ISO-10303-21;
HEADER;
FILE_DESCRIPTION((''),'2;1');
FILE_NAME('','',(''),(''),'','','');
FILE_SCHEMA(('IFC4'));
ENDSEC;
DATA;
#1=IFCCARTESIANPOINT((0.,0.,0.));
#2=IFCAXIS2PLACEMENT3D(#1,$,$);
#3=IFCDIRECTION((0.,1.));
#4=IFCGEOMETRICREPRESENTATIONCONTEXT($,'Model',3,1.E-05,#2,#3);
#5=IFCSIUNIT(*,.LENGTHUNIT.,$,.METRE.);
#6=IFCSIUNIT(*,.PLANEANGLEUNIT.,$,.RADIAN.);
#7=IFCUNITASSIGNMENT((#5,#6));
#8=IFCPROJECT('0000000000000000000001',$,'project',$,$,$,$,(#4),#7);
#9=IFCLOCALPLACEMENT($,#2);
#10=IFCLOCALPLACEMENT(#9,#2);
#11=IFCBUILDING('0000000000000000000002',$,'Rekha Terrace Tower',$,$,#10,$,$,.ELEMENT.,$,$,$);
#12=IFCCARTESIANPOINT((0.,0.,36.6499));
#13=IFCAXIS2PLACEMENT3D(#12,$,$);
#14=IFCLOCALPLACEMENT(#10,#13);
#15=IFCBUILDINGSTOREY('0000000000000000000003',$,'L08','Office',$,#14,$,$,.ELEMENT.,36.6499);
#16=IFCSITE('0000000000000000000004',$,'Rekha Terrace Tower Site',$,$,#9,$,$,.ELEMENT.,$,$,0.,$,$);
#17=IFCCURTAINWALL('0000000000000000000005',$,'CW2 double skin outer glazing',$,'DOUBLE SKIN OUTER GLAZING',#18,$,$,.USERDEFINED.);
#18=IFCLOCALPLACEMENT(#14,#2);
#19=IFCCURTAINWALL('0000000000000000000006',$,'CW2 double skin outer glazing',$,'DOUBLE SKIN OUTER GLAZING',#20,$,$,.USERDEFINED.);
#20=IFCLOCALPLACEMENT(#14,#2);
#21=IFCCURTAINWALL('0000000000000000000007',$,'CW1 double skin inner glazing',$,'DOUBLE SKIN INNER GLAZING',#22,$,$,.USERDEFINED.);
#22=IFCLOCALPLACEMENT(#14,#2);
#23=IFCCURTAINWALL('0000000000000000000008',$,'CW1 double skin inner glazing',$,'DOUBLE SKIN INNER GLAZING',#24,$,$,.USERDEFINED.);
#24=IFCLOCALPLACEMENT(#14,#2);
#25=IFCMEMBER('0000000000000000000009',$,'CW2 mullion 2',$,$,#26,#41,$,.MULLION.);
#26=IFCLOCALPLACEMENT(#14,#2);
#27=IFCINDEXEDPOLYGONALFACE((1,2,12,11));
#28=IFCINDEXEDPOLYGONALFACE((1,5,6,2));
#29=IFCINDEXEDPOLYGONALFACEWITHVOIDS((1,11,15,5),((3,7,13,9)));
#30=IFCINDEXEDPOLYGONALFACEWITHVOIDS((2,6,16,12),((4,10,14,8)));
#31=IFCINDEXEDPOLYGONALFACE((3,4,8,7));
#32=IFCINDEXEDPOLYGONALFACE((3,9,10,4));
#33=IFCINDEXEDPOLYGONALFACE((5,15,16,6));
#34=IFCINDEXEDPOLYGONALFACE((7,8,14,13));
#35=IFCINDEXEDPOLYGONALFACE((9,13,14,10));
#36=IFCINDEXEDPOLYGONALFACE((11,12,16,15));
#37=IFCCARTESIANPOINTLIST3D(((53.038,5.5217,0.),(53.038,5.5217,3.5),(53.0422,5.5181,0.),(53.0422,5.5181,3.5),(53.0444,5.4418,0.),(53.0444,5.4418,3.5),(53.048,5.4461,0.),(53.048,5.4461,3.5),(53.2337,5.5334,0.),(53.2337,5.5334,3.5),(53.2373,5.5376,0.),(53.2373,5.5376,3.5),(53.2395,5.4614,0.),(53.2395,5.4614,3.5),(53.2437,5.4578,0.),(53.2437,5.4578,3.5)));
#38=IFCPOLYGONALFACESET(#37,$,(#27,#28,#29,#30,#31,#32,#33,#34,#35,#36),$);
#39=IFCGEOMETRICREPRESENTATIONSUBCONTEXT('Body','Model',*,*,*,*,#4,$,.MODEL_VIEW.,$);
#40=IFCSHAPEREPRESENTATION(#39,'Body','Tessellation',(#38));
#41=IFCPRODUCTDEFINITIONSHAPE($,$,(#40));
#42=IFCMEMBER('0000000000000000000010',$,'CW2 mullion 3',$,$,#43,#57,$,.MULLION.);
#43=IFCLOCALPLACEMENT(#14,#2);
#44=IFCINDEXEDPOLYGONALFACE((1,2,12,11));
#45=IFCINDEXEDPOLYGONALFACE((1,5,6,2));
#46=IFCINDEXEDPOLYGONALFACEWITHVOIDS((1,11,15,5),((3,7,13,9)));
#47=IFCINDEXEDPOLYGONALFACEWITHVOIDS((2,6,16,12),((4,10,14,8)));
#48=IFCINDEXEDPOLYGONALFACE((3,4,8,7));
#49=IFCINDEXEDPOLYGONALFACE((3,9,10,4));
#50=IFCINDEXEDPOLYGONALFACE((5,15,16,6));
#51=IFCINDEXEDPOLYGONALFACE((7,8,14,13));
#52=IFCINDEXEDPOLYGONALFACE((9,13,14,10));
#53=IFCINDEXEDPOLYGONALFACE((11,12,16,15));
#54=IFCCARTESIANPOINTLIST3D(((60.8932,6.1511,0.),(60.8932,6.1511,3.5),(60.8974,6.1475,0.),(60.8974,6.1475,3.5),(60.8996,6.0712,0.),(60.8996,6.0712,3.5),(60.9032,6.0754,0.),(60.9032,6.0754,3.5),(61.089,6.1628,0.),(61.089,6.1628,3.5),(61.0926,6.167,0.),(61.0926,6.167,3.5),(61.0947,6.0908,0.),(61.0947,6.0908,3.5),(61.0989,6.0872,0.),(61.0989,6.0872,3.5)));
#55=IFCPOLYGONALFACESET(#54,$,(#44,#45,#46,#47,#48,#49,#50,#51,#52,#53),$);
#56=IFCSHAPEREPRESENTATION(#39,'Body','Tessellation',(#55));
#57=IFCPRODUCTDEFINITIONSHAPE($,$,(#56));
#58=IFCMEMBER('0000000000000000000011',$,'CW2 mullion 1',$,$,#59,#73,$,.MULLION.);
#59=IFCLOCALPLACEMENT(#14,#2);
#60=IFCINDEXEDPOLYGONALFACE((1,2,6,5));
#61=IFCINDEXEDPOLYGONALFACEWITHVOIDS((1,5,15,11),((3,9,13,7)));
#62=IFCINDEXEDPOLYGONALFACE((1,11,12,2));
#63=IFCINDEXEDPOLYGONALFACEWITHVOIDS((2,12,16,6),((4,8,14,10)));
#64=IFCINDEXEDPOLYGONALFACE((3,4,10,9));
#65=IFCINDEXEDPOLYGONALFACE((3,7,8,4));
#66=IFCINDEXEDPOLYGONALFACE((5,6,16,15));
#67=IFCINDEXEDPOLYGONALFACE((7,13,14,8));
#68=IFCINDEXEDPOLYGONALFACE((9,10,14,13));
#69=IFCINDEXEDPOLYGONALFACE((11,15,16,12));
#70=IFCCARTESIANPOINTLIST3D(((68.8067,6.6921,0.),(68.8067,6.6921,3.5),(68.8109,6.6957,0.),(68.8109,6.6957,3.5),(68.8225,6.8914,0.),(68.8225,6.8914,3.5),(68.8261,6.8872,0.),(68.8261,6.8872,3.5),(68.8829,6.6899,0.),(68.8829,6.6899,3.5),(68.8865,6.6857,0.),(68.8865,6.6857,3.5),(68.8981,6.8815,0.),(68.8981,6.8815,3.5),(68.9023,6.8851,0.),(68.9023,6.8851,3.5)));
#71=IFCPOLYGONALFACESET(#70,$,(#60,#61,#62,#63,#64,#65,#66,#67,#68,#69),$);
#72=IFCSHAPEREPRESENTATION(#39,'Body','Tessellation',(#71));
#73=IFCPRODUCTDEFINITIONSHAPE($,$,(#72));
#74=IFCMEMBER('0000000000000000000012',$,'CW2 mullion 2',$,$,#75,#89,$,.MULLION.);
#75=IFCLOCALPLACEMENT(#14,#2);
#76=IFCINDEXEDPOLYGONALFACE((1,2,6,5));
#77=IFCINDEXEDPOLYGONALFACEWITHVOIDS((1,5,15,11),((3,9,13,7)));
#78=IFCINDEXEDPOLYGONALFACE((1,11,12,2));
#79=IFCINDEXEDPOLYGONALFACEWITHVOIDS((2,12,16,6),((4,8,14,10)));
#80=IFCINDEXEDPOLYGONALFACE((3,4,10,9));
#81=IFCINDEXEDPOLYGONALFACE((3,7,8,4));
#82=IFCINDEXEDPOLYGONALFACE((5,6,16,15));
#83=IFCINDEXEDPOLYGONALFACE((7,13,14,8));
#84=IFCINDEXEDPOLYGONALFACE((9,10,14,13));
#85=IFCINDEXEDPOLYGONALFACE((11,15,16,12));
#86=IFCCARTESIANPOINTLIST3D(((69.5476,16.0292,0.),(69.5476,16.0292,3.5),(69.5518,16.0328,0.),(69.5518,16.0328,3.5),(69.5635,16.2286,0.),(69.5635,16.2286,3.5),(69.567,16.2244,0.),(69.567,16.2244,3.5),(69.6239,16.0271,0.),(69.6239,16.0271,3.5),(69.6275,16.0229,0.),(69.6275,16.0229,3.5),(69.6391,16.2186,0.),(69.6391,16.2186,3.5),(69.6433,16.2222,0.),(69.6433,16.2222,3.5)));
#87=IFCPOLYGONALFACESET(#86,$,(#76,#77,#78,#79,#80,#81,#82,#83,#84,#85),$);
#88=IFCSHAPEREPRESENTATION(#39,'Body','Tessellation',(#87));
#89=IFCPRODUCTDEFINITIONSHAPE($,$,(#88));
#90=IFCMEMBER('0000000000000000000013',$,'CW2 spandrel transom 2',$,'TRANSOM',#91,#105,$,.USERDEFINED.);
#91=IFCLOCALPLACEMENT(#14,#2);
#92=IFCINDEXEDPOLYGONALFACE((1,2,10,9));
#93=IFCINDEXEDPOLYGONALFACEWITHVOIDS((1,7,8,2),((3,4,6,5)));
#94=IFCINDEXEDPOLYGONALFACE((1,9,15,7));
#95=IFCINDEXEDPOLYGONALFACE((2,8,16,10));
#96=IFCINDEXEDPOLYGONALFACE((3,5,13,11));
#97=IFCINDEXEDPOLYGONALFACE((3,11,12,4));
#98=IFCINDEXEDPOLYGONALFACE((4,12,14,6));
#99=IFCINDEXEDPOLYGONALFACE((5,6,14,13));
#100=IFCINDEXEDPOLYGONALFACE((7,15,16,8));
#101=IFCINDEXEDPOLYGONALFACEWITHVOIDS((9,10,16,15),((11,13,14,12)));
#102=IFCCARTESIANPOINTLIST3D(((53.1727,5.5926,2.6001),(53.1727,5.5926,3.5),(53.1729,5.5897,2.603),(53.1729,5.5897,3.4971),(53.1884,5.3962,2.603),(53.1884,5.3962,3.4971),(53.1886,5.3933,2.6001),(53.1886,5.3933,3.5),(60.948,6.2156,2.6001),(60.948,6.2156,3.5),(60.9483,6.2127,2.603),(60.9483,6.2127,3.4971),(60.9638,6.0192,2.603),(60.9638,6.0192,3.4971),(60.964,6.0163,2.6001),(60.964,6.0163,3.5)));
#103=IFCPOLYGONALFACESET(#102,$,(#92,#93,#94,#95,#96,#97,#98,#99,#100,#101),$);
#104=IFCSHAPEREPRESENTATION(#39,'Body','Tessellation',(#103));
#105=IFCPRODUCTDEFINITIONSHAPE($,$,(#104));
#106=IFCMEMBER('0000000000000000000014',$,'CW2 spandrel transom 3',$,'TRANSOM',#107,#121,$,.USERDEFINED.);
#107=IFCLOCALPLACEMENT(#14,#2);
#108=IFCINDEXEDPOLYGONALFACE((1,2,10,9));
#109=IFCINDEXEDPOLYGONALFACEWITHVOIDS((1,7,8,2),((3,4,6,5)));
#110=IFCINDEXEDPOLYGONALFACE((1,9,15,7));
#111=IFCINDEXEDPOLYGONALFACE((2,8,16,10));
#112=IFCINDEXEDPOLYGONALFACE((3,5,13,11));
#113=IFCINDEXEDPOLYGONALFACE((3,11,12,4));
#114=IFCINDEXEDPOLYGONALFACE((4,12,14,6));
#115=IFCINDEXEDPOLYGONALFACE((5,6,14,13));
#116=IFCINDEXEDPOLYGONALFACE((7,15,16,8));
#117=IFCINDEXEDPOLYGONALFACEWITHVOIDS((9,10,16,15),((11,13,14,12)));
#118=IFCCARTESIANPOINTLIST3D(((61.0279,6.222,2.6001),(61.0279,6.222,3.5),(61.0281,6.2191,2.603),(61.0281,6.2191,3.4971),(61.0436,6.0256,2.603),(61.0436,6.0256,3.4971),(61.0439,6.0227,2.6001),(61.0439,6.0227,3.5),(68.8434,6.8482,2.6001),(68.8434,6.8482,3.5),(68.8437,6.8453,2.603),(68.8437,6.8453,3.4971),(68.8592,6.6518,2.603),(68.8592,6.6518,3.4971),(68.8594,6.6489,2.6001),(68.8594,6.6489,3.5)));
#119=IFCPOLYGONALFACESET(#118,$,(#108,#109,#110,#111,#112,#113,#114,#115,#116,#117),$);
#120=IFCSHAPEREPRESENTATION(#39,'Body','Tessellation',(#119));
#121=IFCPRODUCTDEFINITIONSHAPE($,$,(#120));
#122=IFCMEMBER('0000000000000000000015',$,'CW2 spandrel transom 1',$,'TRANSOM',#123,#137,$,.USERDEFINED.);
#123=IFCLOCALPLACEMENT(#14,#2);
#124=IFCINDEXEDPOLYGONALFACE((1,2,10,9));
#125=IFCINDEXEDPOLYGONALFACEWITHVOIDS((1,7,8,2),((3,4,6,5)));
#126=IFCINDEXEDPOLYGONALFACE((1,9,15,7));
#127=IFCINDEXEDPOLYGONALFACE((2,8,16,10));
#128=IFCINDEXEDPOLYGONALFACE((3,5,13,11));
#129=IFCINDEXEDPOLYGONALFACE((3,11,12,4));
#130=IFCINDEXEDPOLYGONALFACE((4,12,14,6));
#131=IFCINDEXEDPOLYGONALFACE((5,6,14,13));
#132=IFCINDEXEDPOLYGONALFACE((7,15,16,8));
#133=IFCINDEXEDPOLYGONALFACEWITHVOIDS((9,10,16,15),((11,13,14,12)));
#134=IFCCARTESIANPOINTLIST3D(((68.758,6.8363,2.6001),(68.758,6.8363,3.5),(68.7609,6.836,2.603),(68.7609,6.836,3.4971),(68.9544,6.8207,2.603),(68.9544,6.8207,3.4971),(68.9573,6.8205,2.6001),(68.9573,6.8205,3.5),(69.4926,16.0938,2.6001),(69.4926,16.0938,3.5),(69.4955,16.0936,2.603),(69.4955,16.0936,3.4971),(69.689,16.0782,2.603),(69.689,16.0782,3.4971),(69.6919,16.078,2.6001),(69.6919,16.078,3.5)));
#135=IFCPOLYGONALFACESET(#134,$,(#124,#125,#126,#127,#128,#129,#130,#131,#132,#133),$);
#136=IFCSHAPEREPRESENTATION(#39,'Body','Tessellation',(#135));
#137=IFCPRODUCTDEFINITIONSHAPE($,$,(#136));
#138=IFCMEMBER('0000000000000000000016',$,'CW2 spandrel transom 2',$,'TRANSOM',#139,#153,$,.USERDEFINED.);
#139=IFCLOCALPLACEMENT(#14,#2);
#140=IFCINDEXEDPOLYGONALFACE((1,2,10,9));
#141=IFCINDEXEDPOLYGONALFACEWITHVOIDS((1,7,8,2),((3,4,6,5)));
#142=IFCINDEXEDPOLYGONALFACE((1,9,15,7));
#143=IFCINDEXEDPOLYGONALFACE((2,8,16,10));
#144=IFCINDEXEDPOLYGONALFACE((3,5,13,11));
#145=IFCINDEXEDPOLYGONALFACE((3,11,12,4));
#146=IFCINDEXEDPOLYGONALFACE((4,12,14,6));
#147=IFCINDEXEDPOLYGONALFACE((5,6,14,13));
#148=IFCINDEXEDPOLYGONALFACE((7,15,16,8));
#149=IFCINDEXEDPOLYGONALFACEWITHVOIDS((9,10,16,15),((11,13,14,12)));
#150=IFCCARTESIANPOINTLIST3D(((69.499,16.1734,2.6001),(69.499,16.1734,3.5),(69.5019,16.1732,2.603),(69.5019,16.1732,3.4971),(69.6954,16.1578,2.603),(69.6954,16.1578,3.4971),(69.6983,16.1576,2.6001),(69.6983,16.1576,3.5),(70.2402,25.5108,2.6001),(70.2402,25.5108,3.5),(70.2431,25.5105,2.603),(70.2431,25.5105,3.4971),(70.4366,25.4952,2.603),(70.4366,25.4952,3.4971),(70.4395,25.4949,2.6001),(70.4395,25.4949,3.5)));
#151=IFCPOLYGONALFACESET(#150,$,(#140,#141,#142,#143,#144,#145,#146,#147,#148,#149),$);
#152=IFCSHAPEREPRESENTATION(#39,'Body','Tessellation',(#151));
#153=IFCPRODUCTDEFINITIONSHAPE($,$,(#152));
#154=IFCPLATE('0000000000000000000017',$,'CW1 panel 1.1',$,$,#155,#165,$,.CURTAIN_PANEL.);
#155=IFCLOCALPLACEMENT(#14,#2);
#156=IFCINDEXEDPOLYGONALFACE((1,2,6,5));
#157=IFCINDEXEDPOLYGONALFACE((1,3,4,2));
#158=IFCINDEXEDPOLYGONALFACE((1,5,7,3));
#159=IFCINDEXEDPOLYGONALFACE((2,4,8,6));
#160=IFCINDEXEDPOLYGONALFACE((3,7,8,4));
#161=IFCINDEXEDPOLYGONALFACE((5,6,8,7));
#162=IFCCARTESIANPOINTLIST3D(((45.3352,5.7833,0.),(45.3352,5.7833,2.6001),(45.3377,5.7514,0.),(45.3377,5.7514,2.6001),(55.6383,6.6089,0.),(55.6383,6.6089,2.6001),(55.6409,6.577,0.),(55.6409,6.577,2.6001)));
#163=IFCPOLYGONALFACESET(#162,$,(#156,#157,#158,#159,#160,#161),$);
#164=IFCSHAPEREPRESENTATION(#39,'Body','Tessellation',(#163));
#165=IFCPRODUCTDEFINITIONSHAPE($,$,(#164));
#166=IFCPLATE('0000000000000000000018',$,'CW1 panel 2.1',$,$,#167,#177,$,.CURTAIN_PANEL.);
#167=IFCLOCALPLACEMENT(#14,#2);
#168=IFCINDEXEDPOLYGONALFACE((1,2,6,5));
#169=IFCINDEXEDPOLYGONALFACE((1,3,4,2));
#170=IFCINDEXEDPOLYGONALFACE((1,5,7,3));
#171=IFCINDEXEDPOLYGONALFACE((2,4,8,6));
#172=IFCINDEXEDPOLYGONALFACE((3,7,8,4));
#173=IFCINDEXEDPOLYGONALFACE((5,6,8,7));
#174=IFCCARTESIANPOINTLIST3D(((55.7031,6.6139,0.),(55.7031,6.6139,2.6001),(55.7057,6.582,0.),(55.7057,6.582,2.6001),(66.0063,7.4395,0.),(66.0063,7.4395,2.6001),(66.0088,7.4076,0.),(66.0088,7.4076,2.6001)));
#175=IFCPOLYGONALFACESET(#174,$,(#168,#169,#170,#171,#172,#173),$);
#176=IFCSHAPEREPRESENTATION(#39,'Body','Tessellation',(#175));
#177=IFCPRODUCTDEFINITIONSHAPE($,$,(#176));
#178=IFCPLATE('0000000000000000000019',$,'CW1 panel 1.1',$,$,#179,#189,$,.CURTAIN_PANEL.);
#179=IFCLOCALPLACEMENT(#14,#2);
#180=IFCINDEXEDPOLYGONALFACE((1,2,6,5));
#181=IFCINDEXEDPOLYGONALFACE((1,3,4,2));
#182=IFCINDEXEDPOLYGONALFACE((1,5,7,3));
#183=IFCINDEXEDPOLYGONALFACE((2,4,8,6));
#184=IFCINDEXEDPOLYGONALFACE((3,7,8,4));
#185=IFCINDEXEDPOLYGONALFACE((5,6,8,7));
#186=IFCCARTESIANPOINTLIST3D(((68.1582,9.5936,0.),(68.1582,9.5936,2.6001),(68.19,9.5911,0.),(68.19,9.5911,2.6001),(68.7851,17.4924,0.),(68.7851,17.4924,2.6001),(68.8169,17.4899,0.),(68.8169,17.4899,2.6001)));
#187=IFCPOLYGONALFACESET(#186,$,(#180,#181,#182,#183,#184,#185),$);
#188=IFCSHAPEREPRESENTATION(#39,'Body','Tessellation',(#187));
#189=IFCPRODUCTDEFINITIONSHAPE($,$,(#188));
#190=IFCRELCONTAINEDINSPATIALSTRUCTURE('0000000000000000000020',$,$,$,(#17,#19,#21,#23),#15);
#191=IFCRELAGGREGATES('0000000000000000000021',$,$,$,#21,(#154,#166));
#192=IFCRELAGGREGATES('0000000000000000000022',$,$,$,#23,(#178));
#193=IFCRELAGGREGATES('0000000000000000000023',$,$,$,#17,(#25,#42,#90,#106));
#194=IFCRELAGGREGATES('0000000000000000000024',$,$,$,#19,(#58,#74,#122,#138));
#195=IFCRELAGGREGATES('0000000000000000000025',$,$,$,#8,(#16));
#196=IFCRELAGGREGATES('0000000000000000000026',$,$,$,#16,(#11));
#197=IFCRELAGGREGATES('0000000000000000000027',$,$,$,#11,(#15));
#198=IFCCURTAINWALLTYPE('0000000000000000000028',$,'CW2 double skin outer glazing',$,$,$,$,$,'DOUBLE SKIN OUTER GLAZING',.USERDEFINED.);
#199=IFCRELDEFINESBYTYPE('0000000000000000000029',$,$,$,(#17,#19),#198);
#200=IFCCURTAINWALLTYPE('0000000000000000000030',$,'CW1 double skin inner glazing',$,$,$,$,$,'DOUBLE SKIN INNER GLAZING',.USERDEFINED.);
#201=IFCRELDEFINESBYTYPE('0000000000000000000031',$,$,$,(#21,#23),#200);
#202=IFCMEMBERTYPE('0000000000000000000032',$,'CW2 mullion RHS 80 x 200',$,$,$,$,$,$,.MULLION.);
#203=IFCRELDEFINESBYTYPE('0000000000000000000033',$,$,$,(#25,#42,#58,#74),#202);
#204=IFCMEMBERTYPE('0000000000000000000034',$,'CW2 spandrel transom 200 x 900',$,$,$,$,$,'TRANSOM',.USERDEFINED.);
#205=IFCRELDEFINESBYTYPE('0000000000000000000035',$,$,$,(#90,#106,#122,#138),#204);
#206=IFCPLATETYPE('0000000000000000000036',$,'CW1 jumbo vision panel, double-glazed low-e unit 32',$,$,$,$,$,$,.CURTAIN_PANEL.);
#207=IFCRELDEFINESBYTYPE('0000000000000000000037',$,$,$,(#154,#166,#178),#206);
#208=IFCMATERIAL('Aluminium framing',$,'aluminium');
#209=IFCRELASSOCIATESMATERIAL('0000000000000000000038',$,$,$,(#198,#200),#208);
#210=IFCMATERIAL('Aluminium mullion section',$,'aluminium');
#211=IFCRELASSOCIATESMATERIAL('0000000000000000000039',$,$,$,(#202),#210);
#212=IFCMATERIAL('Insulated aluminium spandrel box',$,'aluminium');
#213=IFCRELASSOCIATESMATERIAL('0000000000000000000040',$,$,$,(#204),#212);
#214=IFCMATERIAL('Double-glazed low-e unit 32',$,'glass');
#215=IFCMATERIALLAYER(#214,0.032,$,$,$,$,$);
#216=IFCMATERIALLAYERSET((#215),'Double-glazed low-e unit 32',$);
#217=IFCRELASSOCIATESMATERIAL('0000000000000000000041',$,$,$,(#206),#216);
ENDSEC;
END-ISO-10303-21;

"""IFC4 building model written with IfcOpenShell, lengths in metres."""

from ifc_helpers import new_model, si_unit, direction, frame, origin, origin_2d, place, context, subcontext, project, spatial, rectangle, hollow_rectangle, extrude, material, layer, layer_set, material_profile, profile_set, type_object, element, aggregate, save


model = new_model("IFC4")

# Units and contexts
model_context = context("Model", 3, precision=1e-05, world=origin(), true_north=direction((0.0, 1.0)))
body_context = subcontext(model_context, "Body", "Model", "MODEL_VIEW")
ifc_project = project(units=[si_unit("LENGTHUNIT", "METRE"), si_unit("PLANEANGLEUNIT", "RADIAN")], contexts=[model_context])

# Site, building, storey
site_placement = place(None, origin())
site = spatial("IfcSite", under=ifc_project, at=site_placement, Name="Rekha Terrace Tower Site", CompositionType="ELEMENT", RefElevation=0.0)
building_placement = place(site_placement, origin())
building = spatial("IfcBuilding", under=site, at=building_placement, Name="Rekha Terrace Tower", CompositionType="ELEMENT")
storey_placement = place(building_placement, frame((0.0, 0.0, 36.6499)))
storey = spatial("IfcBuildingStorey", under=building, at=storey_placement, Name="L08", Description="Office", CompositionType="ELEMENT", Elevation=36.6499)

# Curtain wall
ifc_material_1 = material(Name="Aluminium framing", Category="aluminium")
curtain_wall_type_1 = type_object("IfcCurtainWallType", Name="CW2 double skin outer glazing", ElementType="DOUBLE SKIN OUTER GLAZING", PredefinedType="USERDEFINED", material=ifc_material_1)
curtain_wall_1_placement = place(storey_placement, origin())
curtain_wall_1 = element("IfcCurtainWall", 1, at=curtain_wall_1_placement, inside=storey, type_object=curtain_wall_type_1, Name="CW2 double skin outer glazing", ObjectType="DOUBLE SKIN OUTER GLAZING", PredefinedType="USERDEFINED")

# Curtain wall
curtain_wall_2_placement = place(storey_placement, origin())
curtain_wall_2 = element("IfcCurtainWall", 2, at=curtain_wall_2_placement, inside=storey, type_object=curtain_wall_type_1, Name="CW2 double skin outer glazing", ObjectType="DOUBLE SKIN OUTER GLAZING", PredefinedType="USERDEFINED")

# Curtain wall
curtain_wall_type_2 = type_object("IfcCurtainWallType", Name="CW1 double skin inner glazing", ElementType="DOUBLE SKIN INNER GLAZING", PredefinedType="USERDEFINED", material=ifc_material_1)
curtain_wall_3_placement = place(storey_placement, origin())
curtain_wall_3 = element("IfcCurtainWall", 3, at=curtain_wall_3_placement, inside=storey, type_object=curtain_wall_type_2, Name="CW1 double skin inner glazing", ObjectType="DOUBLE SKIN INNER GLAZING", PredefinedType="USERDEFINED")
ifc_material_2 = material(Name="Aluminium mullion section", Category="aluminium")

# Curtain wall
curtain_wall_4_placement = place(storey_placement, origin())
curtain_wall_4 = element("IfcCurtainWall", 4, at=curtain_wall_4_placement, inside=storey, type_object=curtain_wall_type_2, Name="CW1 double skin inner glazing", ObjectType="DOUBLE SKIN INNER GLAZING", PredefinedType="USERDEFINED")

# Members
ifc_material_3 = material(Name="Insulated aluminium spandrel box", Category="aluminium")
ifc_material_profile_1 = material_profile(ifc_material_2, hollow_rectangle(XDim=0.0801, YDim=0.2, WallThickness=0.0039, at=origin_2d()), Name="AL RHS 80x200")
ifc_profile_set_1 = profile_set([ifc_material_profile_1], Name="Aluminium mullion section")
member_type_1 = type_object("IfcMemberType", Name="CW2 mullion RHS 80 x 200", PredefinedType="MULLION", material=ifc_profile_set_1)
member_1_placement = place(storey_placement, frame((53.1409, 5.4897, 0.0), z_axis=(0.0, 0.0, 1.0), x_axis=(-0.079872, 0.996805, 0.0)))
member_1 = element("IfcMember", 5, at=member_1_placement, type_object=member_type_1, Name="CW2 mullion 2", PredefinedType="MULLION", context=body_context, shape_type="SweptSolid", body=[
    extrude(hollow_rectangle(XDim=0.0801, YDim=0.2, WallThickness=0.0039, at=origin_2d()), origin(), (0.0, 0.0, 1.0), 3.5),
])
member_2_placement = place(storey_placement, frame((60.9961, 6.1191, 0.0), z_axis=(0.0, 0.0, 1.0), x_axis=(-0.079872, 0.996805, 0.0)))
member_2 = element("IfcMember", 6, at=member_2_placement, type_object=member_type_1, Name="CW2 mullion 3", PredefinedType="MULLION", context=body_context, shape_type="SweptSolid", body=[
    extrude(hollow_rectangle(XDim=0.0801, YDim=0.2, WallThickness=0.0039, at=origin_2d()), origin(), (0.0, 0.0, 1.0), 3.5),
])
member_3_placement = place(storey_placement, frame((68.8545, 6.7886, 0.0), z_axis=(0.0, 0.0, 1.0), x_axis=(-0.996865, 0.079116, 0.0)))
member_3 = element("IfcMember", 7, at=member_3_placement, type_object=member_type_1, Name="CW2 mullion 1", PredefinedType="MULLION", context=body_context, shape_type="SweptSolid", body=[
    extrude(hollow_rectangle(XDim=0.0801, YDim=0.2, WallThickness=0.0039, at=origin_2d()), origin(), (0.0, 0.0, 1.0), 3.5),
])
member_4_placement = place(storey_placement, frame((69.5955, 16.1257, 0.0), z_axis=(0.0, 0.0, 1.0), x_axis=(-0.996865, 0.079116, 0.0)))
member_4 = element("IfcMember", 8, at=member_4_placement, type_object=member_type_1, Name="CW2 mullion 2", PredefinedType="MULLION", context=body_context, shape_type="SweptSolid", body=[
    extrude(hollow_rectangle(XDim=0.0801, YDim=0.2, WallThickness=0.0039, at=origin_2d()), origin(), (0.0, 0.0, 1.0), 3.5),
])
ifc_material_profile_2 = material_profile(ifc_material_3, hollow_rectangle(XDim=0.2, YDim=0.8999, WallThickness=0.0029, at=origin_2d()), Name="AL SPANDREL BOX 200x900")
ifc_profile_set_2 = profile_set([ifc_material_profile_2], Name="Insulated aluminium spandrel box")
member_type_2 = type_object("IfcMemberType", Name="CW2 spandrel transom 200 x 900", ElementType="TRANSOM", PredefinedType="USERDEFINED", material=ifc_profile_set_2)
member_5_placement = place(storey_placement, frame((53.1807, 5.4929, 3.05), z_axis=(0.996805, 0.079875, 0.0), x_axis=(-0.079875, 0.996805, 0.0)))
member_5 = element("IfcMember", 9, at=member_5_placement, type_object=member_type_2, Name="CW2 spandrel transom 2", ObjectType="TRANSOM", PredefinedType="USERDEFINED", context=body_context, shape_type="SweptSolid", body=[
    extrude(hollow_rectangle(XDim=0.2, YDim=0.8999, WallThickness=0.0029, at=origin_2d()), origin(), (0.0, 0.0, 1.0), 7.8003),
])
member_6_placement = place(storey_placement, frame((61.0359, 6.1223, 3.05), z_axis=(0.996805, 0.07987, 0.0), x_axis=(-0.07987, 0.996805, 0.0)))
member_6 = element("IfcMember", 10, at=member_6_placement, type_object=member_type_2, Name="CW2 spandrel transom 3", ObjectType="TRANSOM", PredefinedType="USERDEFINED", context=body_context, shape_type="SweptSolid", body=[
    extrude(hollow_rectangle(XDim=0.2, YDim=0.8999, WallThickness=0.0029, at=origin_2d()), origin(), (0.0, 0.0, 1.0), 7.8406),
])
member_7_placement = place(storey_placement, frame((68.8577, 6.8284, 3.05), z_axis=(0.079105, 0.996866, 0.0), x_axis=(-0.996866, 0.079105, 0.0)))
member_7 = element("IfcMember", 11, at=member_7_placement, type_object=member_type_2, Name="CW2 spandrel transom 1", ObjectType="TRANSOM", PredefinedType="USERDEFINED", context=body_context, shape_type="SweptSolid", body=[
    extrude(hollow_rectangle(XDim=0.2, YDim=0.8999, WallThickness=0.0029, at=origin_2d()), origin(), (0.0, 0.0, 1.0), 9.2866),
])
member_8_placement = place(storey_placement, frame((69.5986, 16.1655, 3.05), z_axis=(0.079132, 0.996864, 0.0), x_axis=(-0.996864, 0.079132, 0.0)))
member_8 = element("IfcMember", 12, at=member_8_placement, type_object=member_type_2, Name="CW2 spandrel transom 2", ObjectType="TRANSOM", PredefinedType="USERDEFINED", context=body_context, shape_type="SweptSolid", body=[
    extrude(hollow_rectangle(XDim=0.2, YDim=0.8999, WallThickness=0.0029, at=origin_2d()), origin(), (0.0, 0.0, 1.0), 9.3667),
])

# Plates
ifc_material_4 = material(Name="Double-glazed low-e unit 32", Category="glass")
ifc_layer_1 = layer(ifc_material_4, 0.032)
ifc_layer_set_1 = layer_set([ifc_layer_1], Name="Double-glazed low-e unit 32")
plate_type_1 = type_object("IfcPlateType", Name="CW1 jumbo vision panel, double-glazed low-e unit 32", PredefinedType="CURTAIN_PANEL", material=ifc_layer_set_1)
plate_1_placement = place(storey_placement, frame((50.488, 6.1802, 0.0), z_axis=(0.0, 0.0, 1.0), x_axis=(0.996805, 0.079872, 0.0)))
plate_1 = element("IfcPlate", 13, at=plate_1_placement, type_object=plate_type_1, Name="CW1 panel 1.1", PredefinedType="CURTAIN_PANEL", context=body_context, shape_type="SweptSolid", body=[
    extrude(rectangle(XDim=10.3362, YDim=0.032, at=origin_2d()), origin(), (0.0, 0.0, 1.0), 2.6001),
])
plate_2_placement = place(storey_placement, frame((60.856, 7.0107, 0.0), z_axis=(0.0, 0.0, 1.0), x_axis=(0.996805, 0.079872, 0.0)))
plate_2 = element("IfcPlate", 14, at=plate_2_placement, type_object=plate_type_1, Name="CW1 panel 2.1", PredefinedType="CURTAIN_PANEL", context=body_context, shape_type="SweptSolid", body=[
    extrude(rectangle(XDim=10.3362, YDim=0.032, at=origin_2d()), origin(), (0.0, 0.0, 1.0), 2.6001),
])
aggregate(curtain_wall_3, [plate_1, plate_2])
plate_3_placement = place(storey_placement, frame((68.4875, 13.5417, 0.0), z_axis=(0.0, 0.0, 1.0), x_axis=(0.079116, 0.996865, 0.0)))
plate_3 = element("IfcPlate", 15, at=plate_3_placement, type_object=plate_type_1, Name="CW1 panel 1.1", PredefinedType="CURTAIN_PANEL", context=body_context, shape_type="SweptSolid", body=[
    extrude(rectangle(XDim=7.9236, YDim=0.032, at=origin_2d()), origin(), (0.0, 0.0, 1.0), 2.6001),
])
aggregate(curtain_wall_4, [plate_3])
aggregate(curtain_wall_1, [member_1, member_2, member_5, member_6])
aggregate(curtain_wall_2, [member_3, member_4, member_7, member_8])

save(model, "model.ifc")
